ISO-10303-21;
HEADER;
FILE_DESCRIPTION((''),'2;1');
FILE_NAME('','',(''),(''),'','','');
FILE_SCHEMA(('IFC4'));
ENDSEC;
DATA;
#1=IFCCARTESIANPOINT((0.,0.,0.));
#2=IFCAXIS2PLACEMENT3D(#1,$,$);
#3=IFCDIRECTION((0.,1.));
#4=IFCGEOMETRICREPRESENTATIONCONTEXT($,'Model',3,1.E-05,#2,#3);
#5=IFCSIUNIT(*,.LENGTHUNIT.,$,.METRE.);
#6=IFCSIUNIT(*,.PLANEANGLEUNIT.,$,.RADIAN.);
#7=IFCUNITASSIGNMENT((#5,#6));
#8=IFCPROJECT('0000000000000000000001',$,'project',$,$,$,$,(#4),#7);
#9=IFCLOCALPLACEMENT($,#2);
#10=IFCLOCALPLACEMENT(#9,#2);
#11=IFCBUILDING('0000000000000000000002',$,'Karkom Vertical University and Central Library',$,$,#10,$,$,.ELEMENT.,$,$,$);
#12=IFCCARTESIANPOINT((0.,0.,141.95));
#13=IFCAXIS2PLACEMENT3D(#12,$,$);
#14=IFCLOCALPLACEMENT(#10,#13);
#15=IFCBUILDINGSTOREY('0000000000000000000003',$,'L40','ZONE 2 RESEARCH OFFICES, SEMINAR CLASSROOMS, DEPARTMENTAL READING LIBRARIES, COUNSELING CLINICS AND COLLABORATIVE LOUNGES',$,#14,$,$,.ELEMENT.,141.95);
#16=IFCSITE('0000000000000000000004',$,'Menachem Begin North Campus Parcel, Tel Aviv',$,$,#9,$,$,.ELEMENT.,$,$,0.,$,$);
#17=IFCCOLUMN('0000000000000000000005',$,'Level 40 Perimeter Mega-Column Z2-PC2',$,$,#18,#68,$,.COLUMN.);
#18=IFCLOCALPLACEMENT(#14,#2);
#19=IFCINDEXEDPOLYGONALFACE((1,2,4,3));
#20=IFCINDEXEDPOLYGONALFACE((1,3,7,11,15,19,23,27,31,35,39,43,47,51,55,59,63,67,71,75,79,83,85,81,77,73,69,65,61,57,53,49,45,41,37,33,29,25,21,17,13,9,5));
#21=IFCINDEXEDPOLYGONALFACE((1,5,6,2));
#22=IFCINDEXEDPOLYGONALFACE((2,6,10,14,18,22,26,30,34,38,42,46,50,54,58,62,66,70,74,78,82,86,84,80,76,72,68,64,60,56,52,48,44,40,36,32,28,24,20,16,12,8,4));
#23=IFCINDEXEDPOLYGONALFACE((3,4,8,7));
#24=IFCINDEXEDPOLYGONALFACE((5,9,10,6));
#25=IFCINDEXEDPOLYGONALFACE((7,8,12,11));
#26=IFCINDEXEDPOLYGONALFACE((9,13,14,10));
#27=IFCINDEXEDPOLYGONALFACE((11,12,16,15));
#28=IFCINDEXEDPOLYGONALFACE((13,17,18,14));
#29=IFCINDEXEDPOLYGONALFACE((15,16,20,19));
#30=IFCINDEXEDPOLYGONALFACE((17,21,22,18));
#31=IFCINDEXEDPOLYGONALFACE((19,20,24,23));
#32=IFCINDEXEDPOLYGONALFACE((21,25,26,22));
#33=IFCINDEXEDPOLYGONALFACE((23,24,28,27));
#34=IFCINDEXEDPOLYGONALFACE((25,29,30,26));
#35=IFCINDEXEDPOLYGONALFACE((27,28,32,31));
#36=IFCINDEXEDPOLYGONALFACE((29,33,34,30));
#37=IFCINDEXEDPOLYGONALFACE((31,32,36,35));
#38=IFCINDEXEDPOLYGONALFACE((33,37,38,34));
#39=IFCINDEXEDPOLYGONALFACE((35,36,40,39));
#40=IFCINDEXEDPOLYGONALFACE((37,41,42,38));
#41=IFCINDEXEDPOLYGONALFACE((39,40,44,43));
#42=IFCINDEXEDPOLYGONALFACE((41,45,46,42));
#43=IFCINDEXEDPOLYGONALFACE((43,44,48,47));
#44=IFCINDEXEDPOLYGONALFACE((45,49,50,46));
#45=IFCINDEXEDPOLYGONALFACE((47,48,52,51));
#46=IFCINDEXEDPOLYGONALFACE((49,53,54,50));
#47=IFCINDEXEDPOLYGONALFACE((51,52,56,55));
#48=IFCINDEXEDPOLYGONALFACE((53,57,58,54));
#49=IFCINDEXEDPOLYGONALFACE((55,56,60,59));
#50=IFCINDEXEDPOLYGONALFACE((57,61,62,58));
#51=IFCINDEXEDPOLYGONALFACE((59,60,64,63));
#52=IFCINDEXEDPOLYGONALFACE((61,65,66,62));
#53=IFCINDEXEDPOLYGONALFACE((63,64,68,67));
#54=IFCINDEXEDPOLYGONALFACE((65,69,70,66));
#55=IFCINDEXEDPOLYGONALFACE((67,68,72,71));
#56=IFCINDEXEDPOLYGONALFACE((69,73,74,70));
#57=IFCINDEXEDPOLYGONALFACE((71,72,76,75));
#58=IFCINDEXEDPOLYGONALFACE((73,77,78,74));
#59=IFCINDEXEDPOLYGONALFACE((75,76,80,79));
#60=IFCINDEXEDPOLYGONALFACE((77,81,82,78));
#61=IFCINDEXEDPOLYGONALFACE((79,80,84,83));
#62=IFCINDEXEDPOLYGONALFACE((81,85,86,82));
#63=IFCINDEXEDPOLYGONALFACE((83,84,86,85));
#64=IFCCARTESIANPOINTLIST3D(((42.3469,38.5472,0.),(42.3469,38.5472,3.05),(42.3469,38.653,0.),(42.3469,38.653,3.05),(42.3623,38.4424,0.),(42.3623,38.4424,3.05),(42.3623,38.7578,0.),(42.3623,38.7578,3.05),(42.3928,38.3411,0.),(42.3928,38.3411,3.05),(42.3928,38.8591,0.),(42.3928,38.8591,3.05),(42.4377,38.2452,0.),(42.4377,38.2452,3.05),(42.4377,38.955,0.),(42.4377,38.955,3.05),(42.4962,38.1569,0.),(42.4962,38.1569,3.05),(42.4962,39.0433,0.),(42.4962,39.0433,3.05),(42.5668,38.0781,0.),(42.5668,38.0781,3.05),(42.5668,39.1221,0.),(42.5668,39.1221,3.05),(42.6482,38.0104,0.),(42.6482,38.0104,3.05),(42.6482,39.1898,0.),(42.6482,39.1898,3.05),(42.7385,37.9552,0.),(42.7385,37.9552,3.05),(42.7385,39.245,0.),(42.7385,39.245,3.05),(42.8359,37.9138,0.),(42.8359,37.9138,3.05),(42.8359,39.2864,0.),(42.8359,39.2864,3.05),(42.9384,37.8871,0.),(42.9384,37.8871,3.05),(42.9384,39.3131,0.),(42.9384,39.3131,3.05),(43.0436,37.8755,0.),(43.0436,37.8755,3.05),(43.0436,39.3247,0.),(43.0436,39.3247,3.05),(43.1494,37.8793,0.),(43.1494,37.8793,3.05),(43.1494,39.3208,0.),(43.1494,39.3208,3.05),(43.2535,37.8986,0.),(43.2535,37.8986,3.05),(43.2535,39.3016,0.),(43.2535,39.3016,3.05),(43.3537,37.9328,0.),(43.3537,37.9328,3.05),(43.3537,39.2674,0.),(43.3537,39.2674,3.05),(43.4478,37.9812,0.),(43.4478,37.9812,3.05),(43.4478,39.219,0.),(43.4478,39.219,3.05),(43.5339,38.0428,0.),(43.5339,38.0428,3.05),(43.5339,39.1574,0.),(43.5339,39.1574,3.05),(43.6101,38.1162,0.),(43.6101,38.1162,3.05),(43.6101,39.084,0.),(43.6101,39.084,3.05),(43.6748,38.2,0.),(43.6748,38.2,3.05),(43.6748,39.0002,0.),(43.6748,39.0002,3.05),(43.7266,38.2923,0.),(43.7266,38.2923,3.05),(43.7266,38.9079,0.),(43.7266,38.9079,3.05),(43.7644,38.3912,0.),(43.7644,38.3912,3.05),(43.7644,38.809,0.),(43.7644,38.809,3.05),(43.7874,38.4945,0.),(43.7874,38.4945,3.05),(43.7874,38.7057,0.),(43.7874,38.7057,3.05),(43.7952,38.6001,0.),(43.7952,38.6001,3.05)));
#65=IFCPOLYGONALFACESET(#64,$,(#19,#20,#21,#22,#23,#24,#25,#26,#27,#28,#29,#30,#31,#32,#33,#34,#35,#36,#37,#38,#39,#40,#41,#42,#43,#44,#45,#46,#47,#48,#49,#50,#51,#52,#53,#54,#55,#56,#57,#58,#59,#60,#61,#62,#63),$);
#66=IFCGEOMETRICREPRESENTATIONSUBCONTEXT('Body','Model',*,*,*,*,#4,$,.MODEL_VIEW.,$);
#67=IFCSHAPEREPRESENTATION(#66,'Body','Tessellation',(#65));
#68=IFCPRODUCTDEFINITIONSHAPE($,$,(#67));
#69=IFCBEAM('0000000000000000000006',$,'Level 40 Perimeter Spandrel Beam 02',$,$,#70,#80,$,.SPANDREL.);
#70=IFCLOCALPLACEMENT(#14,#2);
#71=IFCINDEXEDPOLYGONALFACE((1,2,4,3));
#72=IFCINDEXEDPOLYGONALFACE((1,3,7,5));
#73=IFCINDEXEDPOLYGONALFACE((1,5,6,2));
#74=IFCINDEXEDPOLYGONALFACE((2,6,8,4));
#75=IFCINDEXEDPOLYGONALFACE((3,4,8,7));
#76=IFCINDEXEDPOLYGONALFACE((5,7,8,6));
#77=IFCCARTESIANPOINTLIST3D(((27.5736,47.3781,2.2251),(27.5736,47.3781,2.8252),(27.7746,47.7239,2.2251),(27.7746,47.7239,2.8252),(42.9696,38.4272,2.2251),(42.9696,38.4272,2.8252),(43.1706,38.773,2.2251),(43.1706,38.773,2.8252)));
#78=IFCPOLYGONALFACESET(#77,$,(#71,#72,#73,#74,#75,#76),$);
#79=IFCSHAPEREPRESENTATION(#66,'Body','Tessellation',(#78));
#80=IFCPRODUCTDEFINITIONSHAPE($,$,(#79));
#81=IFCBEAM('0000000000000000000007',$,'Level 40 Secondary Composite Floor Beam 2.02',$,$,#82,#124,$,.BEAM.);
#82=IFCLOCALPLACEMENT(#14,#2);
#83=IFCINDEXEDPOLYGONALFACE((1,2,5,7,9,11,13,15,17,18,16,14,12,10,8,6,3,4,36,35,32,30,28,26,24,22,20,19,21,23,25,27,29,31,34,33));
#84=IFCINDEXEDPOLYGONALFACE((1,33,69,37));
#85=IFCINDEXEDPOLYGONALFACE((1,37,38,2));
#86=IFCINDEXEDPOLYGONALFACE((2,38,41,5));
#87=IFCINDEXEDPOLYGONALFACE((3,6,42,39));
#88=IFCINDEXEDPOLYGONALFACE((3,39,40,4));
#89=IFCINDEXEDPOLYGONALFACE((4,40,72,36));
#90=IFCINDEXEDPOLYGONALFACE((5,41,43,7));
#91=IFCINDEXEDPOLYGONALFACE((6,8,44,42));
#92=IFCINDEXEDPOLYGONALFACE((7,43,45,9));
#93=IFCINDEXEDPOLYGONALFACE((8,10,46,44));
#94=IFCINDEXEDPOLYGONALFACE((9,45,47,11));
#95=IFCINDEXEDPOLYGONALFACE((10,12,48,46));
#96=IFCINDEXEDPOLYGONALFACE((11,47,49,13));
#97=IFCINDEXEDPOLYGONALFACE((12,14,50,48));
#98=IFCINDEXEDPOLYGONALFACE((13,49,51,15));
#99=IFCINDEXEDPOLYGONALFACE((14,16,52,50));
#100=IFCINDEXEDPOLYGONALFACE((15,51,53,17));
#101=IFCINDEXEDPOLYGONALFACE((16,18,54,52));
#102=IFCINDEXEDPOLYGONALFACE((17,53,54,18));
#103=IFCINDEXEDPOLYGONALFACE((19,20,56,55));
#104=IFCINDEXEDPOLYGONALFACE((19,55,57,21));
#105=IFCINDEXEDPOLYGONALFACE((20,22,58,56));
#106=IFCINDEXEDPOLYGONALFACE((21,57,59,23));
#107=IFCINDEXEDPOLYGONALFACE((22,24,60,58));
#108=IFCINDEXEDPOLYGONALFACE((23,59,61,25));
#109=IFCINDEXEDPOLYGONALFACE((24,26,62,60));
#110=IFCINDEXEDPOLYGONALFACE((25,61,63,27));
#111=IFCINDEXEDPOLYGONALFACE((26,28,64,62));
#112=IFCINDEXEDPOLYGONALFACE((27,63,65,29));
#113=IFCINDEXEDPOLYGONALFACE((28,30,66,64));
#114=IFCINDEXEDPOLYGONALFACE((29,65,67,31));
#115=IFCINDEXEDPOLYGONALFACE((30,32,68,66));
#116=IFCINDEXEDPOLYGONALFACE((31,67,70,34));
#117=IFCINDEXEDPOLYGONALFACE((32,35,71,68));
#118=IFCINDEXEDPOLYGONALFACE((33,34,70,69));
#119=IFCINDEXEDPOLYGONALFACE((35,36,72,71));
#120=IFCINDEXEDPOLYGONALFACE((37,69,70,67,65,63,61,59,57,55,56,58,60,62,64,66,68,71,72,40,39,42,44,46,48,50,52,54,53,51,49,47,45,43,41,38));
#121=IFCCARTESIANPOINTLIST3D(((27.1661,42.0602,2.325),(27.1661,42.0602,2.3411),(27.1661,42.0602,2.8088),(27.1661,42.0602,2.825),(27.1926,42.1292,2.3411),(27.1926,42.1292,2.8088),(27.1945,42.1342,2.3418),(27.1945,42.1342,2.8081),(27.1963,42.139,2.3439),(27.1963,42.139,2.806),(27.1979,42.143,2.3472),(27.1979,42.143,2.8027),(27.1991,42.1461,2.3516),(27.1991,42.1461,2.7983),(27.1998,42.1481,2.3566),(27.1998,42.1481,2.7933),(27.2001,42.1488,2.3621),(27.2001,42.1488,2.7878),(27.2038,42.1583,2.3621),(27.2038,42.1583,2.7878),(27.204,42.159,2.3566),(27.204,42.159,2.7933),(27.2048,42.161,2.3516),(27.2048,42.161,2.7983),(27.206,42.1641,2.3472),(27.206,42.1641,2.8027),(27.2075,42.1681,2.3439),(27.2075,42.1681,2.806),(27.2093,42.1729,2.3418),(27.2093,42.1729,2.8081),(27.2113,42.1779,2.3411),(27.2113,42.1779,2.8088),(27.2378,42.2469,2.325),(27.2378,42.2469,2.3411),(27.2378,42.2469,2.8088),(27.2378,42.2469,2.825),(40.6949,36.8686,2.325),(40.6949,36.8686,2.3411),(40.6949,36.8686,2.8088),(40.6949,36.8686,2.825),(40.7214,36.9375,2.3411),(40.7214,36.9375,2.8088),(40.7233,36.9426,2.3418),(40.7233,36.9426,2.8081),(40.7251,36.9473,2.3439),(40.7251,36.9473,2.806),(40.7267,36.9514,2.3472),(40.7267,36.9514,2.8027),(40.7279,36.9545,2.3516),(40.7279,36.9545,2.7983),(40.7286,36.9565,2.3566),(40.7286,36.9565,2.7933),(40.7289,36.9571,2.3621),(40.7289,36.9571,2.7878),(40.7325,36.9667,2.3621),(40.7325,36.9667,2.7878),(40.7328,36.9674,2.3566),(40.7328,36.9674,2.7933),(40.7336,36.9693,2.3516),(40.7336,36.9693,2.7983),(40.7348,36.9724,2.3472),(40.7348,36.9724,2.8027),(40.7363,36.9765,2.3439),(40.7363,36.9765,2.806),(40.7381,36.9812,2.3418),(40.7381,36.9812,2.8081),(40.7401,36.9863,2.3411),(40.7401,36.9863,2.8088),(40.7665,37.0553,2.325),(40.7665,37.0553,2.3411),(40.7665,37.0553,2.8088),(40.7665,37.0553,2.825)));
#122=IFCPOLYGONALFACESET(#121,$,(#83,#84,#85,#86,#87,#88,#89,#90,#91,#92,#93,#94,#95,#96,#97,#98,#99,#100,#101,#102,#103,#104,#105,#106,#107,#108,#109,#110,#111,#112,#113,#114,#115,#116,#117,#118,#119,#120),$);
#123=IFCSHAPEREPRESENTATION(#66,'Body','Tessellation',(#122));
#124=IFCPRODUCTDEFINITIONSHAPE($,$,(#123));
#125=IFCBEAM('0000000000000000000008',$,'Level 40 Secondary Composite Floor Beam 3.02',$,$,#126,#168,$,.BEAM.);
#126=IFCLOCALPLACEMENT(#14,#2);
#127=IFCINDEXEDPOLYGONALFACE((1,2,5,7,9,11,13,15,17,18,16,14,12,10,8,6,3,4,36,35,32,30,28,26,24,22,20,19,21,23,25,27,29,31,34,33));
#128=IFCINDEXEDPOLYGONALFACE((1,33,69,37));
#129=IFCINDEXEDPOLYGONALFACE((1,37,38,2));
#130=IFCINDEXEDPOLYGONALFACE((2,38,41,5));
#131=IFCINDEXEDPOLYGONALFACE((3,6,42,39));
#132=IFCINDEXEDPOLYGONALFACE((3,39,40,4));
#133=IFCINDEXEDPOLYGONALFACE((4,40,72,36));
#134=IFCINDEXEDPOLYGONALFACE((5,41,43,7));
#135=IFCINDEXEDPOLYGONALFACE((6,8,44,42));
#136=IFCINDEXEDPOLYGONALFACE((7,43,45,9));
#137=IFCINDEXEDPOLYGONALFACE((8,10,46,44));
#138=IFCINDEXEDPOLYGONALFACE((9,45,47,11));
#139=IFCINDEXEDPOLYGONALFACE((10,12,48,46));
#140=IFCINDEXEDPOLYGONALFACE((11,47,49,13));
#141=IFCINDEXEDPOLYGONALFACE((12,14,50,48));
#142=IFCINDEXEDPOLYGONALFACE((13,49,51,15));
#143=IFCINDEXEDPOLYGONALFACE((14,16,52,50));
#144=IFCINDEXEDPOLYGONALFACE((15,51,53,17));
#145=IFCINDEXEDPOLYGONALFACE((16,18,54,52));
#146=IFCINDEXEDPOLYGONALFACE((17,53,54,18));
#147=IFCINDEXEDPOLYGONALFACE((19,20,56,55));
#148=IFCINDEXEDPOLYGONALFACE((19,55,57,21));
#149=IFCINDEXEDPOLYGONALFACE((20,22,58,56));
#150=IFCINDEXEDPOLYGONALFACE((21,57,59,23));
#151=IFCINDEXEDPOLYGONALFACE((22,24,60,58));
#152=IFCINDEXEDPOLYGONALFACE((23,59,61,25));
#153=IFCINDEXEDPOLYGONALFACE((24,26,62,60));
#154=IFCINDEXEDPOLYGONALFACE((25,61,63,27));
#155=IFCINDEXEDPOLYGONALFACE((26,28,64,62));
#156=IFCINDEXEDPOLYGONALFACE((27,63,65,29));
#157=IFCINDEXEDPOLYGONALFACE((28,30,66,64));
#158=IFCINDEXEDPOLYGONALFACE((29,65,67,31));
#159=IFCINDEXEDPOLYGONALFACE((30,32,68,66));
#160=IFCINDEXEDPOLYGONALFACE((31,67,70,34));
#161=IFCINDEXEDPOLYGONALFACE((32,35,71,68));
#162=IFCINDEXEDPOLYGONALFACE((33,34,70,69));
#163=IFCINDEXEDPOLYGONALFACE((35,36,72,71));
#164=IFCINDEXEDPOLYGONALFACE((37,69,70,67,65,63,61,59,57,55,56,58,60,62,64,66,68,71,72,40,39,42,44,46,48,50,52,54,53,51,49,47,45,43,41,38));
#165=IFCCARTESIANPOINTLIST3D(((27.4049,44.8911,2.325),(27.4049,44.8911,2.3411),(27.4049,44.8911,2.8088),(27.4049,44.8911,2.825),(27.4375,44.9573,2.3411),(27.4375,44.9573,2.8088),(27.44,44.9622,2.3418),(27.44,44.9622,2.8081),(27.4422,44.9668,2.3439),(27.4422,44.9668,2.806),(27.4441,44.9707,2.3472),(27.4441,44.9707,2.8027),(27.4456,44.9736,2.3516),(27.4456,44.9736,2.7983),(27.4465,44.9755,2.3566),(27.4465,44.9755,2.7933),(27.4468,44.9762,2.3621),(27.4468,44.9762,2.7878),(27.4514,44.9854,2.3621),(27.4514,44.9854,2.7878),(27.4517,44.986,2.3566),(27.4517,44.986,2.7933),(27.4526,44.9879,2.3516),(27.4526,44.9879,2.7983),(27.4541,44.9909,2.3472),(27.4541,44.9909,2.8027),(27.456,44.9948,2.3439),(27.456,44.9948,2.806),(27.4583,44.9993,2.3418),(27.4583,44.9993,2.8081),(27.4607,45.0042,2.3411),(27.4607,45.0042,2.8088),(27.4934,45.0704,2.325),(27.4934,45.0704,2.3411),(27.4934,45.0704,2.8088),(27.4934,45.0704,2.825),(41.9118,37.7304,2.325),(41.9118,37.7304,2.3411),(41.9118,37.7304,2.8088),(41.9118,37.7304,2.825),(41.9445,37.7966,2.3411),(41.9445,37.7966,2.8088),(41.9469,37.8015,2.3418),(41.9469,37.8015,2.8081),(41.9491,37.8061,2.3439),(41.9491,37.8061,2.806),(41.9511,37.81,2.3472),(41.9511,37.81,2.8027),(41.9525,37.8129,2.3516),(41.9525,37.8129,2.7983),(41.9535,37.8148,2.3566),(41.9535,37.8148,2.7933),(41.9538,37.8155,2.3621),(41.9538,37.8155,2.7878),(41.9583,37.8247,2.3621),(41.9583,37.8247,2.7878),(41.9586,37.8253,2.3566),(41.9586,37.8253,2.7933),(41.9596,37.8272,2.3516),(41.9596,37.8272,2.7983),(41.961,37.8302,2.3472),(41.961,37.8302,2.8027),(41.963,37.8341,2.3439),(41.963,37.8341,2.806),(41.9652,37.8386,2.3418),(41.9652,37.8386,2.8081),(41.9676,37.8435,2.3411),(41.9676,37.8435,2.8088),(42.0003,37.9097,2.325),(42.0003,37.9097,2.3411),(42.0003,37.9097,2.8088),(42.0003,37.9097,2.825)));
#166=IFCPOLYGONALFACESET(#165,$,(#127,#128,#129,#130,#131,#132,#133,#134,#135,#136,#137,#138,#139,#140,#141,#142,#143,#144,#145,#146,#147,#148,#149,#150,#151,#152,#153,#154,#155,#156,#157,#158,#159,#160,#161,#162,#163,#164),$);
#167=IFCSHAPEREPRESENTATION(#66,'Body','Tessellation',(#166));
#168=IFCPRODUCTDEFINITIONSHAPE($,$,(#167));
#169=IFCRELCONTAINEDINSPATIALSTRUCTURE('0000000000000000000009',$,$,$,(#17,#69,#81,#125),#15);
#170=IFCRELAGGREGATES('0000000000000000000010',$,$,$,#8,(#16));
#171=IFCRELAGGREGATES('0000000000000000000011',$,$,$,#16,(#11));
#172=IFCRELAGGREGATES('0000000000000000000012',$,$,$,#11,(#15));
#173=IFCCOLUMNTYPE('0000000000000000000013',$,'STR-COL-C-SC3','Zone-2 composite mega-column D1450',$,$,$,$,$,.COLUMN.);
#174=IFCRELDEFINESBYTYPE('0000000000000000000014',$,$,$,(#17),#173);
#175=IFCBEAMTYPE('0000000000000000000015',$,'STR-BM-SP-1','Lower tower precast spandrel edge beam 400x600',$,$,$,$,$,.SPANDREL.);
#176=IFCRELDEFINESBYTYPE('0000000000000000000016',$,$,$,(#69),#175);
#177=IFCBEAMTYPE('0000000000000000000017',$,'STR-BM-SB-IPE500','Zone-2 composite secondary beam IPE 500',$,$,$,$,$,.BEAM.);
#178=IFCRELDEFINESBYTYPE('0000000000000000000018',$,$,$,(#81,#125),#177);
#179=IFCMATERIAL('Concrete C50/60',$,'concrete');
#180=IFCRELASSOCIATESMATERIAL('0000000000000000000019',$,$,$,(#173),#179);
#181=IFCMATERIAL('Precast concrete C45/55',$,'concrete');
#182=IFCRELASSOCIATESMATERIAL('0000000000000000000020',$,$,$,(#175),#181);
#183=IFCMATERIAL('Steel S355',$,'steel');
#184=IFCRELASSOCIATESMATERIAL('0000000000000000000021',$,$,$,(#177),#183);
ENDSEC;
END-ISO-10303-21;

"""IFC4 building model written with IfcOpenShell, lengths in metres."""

from ifc_helpers import new_model, si_unit, direction, frame, origin, origin_with_axes, origin_2d, place, context, subcontext, project, spatial, rectangle, circle, i_section, extrude, source, transform, mapped, material, material_profile, profile_set, type_object, element, save


model = new_model("IFC4")

# Units and contexts
model_context = context("Model", 3, precision=1e-05, world=origin(), true_north=direction((0.0, 1.0)))
body_context = subcontext(model_context, "Body", "Model", "MODEL_VIEW")
ifc_project = project(units=[si_unit("LENGTHUNIT", "METRE"), si_unit("PLANEANGLEUNIT", "RADIAN")], contexts=[model_context])

# Site, building, storey
site_placement = place(None, origin())
site = spatial("IfcSite", under=ifc_project, at=site_placement, Name="Menachem Begin North Campus Parcel, Tel Aviv", CompositionType="ELEMENT", RefElevation=0.0)
building_placement = place(site_placement, origin())
building = spatial("IfcBuilding", under=site, at=building_placement, Name="Karkom Vertical University and Central Library", CompositionType="ELEMENT")
storey_placement = place(building_placement, frame((0.0, 0.0, 141.95)))
storey = spatial("IfcBuildingStorey", under=building, at=storey_placement, Name="L40", Description="ZONE 2 RESEARCH OFFICES, SEMINAR CLASSROOMS, DEPARTMENTAL READING LIBRARIES, COUNSELING CLINICS AND COLLABORATIVE LOUNGES", CompositionType="ELEMENT", Elevation=141.95)

# Column
ifc_material_1 = material(Name="Concrete C50/60", Category="concrete")
ifc_material_profile_1 = material_profile(ifc_material_1, circle(Radius=0.7251, at=origin_2d()), Name="CFT-D1450")
ifc_profile_set_1 = profile_set([ifc_material_profile_1], Name="Concrete C50/60")
column_type = type_object("IfcColumnType", Name="STR-COL-C-SC3", Description="Zone-2 composite mega-column D1450", PredefinedType="COLUMN", material=ifc_profile_set_1)
shared_shape_1 = source(origin_with_axes(), body_context, "Body", "SweptSolid", [
    extrude(circle(Radius=0.7251, at=origin_2d()), origin(), (0.0, 0.0, 1.0), 3.05),
])
column_placement = place(storey_placement, frame((43.0701, 38.6001, 0.0), z_axis=(0.0, 0.0, 1.0), x_axis=(1.0, 0.0, 0.0)))
element("IfcColumn", 1, at=column_placement, inside=storey, type_object=column_type, Name="Level 40 Perimeter Mega-Column Z2-PC2", PredefinedType="COLUMN", context=body_context, shape_type="MappedRepresentation", body=[
    mapped(shared_shape_1, transform((0.0, 0.0, 0.0), scale=1.0)),
])

# Beams
ifc_material_2 = material(Name="Precast concrete C45/55", Category="concrete")
ifc_material_profile_2 = material_profile(ifc_material_2, rectangle(XDim=0.3999, YDim=0.6001, at=origin_2d()), Name="SPB-400x600")
ifc_profile_set_2 = profile_set([ifc_material_profile_2], Name="Precast concrete C45/55")
beam_type_1 = type_object("IfcBeamType", Name="STR-BM-SP-1", Description="Lower tower precast spandrel edge beam 400x600", PredefinedType="SPANDREL", material=ifc_profile_set_2)
shared_shape_2 = source(origin_with_axes(), body_context, "Body", "SweptSolid", [
    extrude(rectangle(XDim=0.3999, YDim=0.6001, at=origin_2d()), origin(), (0.0, 0.0, 1.0), 17.8088),
])
beam_1_placement = place(storey_placement, frame((43.0701, 38.6001, 2.5251), z_axis=(-0.864513, 0.502611, 0.0), x_axis=(-0.502611, -0.864513, 0.0)))
element("IfcBeam", 2, at=beam_1_placement, inside=storey, type_object=beam_type_1, Name="Level 40 Perimeter Spandrel Beam 02", PredefinedType="SPANDREL", context=body_context, shape_type="MappedRepresentation", body=[
    mapped(shared_shape_2, transform((0.0, 0.0, 0.0), scale=1.0)),
])
ifc_material_3 = material(Name="Steel S355", Category="steel")
ifc_material_profile_3 = material_profile(ifc_material_3, i_section(OverallWidth=0.2, OverallDepth=0.5, WebThickness=0.0103, FlangeThickness=0.0161, FilletRadius=0.021, at=origin_2d()), Name="IPE 500")
ifc_profile_set_3 = profile_set([ifc_material_profile_3], Name="Steel S355")
beam_type_2 = type_object("IfcBeamType", Name="STR-BM-SB-IPE500", Description="Zone-2 composite secondary beam IPE 500", PredefinedType="BEAM", material=ifc_profile_set_3)
shared_shape_3 = source(origin_with_axes(), body_context, "Body", "SweptSolid", [
    extrude(i_section(OverallWidth=0.2, OverallDepth=0.5, WebThickness=0.0103, FlangeThickness=0.0161, FilletRadius=0.021, at=origin_2d()), origin(), (0.0, 0.0, 1.0), 14.4907),
])
beam_2_placement = place(storey_placement, frame((40.7307, 36.9619, 2.575), z_axis=(-0.933617, 0.358273, 0.0), x_axis=(-0.358273, -0.933617, 0.0)))
element("IfcBeam", 3, at=beam_2_placement, inside=storey, type_object=beam_type_2, Name="Level 40 Secondary Composite Floor Beam 2.02", PredefinedType="BEAM", context=body_context, shape_type="MappedRepresentation", body=[
    mapped(shared_shape_3, transform((0.0, 0.0, 0.0), scale=1.0)),
])
shared_shape_4 = source(origin_with_axes(), body_context, "Body", "SweptSolid", [
    extrude(i_section(OverallWidth=0.2, OverallDepth=0.5, WebThickness=0.0103, FlangeThickness=0.0161, FilletRadius=0.021, at=origin_2d()), origin(), (0.0, 0.0, 1.0), 16.178),
])
beam_3_placement = place(storey_placement, frame((41.9561, 37.8201, 2.575), z_axis=(-0.896709, 0.44262, 0.0), x_axis=(-0.44262, -0.896709, 0.0)))
element("IfcBeam", 4, at=beam_3_placement, inside=storey, type_object=beam_type_2, Name="Level 40 Secondary Composite Floor Beam 3.02", PredefinedType="BEAM", context=body_context, shape_type="MappedRepresentation", body=[
    mapped(shared_shape_4, transform((0.0, 0.0, 0.0), scale=1.0)),
])

save(model, "model.ifc")
